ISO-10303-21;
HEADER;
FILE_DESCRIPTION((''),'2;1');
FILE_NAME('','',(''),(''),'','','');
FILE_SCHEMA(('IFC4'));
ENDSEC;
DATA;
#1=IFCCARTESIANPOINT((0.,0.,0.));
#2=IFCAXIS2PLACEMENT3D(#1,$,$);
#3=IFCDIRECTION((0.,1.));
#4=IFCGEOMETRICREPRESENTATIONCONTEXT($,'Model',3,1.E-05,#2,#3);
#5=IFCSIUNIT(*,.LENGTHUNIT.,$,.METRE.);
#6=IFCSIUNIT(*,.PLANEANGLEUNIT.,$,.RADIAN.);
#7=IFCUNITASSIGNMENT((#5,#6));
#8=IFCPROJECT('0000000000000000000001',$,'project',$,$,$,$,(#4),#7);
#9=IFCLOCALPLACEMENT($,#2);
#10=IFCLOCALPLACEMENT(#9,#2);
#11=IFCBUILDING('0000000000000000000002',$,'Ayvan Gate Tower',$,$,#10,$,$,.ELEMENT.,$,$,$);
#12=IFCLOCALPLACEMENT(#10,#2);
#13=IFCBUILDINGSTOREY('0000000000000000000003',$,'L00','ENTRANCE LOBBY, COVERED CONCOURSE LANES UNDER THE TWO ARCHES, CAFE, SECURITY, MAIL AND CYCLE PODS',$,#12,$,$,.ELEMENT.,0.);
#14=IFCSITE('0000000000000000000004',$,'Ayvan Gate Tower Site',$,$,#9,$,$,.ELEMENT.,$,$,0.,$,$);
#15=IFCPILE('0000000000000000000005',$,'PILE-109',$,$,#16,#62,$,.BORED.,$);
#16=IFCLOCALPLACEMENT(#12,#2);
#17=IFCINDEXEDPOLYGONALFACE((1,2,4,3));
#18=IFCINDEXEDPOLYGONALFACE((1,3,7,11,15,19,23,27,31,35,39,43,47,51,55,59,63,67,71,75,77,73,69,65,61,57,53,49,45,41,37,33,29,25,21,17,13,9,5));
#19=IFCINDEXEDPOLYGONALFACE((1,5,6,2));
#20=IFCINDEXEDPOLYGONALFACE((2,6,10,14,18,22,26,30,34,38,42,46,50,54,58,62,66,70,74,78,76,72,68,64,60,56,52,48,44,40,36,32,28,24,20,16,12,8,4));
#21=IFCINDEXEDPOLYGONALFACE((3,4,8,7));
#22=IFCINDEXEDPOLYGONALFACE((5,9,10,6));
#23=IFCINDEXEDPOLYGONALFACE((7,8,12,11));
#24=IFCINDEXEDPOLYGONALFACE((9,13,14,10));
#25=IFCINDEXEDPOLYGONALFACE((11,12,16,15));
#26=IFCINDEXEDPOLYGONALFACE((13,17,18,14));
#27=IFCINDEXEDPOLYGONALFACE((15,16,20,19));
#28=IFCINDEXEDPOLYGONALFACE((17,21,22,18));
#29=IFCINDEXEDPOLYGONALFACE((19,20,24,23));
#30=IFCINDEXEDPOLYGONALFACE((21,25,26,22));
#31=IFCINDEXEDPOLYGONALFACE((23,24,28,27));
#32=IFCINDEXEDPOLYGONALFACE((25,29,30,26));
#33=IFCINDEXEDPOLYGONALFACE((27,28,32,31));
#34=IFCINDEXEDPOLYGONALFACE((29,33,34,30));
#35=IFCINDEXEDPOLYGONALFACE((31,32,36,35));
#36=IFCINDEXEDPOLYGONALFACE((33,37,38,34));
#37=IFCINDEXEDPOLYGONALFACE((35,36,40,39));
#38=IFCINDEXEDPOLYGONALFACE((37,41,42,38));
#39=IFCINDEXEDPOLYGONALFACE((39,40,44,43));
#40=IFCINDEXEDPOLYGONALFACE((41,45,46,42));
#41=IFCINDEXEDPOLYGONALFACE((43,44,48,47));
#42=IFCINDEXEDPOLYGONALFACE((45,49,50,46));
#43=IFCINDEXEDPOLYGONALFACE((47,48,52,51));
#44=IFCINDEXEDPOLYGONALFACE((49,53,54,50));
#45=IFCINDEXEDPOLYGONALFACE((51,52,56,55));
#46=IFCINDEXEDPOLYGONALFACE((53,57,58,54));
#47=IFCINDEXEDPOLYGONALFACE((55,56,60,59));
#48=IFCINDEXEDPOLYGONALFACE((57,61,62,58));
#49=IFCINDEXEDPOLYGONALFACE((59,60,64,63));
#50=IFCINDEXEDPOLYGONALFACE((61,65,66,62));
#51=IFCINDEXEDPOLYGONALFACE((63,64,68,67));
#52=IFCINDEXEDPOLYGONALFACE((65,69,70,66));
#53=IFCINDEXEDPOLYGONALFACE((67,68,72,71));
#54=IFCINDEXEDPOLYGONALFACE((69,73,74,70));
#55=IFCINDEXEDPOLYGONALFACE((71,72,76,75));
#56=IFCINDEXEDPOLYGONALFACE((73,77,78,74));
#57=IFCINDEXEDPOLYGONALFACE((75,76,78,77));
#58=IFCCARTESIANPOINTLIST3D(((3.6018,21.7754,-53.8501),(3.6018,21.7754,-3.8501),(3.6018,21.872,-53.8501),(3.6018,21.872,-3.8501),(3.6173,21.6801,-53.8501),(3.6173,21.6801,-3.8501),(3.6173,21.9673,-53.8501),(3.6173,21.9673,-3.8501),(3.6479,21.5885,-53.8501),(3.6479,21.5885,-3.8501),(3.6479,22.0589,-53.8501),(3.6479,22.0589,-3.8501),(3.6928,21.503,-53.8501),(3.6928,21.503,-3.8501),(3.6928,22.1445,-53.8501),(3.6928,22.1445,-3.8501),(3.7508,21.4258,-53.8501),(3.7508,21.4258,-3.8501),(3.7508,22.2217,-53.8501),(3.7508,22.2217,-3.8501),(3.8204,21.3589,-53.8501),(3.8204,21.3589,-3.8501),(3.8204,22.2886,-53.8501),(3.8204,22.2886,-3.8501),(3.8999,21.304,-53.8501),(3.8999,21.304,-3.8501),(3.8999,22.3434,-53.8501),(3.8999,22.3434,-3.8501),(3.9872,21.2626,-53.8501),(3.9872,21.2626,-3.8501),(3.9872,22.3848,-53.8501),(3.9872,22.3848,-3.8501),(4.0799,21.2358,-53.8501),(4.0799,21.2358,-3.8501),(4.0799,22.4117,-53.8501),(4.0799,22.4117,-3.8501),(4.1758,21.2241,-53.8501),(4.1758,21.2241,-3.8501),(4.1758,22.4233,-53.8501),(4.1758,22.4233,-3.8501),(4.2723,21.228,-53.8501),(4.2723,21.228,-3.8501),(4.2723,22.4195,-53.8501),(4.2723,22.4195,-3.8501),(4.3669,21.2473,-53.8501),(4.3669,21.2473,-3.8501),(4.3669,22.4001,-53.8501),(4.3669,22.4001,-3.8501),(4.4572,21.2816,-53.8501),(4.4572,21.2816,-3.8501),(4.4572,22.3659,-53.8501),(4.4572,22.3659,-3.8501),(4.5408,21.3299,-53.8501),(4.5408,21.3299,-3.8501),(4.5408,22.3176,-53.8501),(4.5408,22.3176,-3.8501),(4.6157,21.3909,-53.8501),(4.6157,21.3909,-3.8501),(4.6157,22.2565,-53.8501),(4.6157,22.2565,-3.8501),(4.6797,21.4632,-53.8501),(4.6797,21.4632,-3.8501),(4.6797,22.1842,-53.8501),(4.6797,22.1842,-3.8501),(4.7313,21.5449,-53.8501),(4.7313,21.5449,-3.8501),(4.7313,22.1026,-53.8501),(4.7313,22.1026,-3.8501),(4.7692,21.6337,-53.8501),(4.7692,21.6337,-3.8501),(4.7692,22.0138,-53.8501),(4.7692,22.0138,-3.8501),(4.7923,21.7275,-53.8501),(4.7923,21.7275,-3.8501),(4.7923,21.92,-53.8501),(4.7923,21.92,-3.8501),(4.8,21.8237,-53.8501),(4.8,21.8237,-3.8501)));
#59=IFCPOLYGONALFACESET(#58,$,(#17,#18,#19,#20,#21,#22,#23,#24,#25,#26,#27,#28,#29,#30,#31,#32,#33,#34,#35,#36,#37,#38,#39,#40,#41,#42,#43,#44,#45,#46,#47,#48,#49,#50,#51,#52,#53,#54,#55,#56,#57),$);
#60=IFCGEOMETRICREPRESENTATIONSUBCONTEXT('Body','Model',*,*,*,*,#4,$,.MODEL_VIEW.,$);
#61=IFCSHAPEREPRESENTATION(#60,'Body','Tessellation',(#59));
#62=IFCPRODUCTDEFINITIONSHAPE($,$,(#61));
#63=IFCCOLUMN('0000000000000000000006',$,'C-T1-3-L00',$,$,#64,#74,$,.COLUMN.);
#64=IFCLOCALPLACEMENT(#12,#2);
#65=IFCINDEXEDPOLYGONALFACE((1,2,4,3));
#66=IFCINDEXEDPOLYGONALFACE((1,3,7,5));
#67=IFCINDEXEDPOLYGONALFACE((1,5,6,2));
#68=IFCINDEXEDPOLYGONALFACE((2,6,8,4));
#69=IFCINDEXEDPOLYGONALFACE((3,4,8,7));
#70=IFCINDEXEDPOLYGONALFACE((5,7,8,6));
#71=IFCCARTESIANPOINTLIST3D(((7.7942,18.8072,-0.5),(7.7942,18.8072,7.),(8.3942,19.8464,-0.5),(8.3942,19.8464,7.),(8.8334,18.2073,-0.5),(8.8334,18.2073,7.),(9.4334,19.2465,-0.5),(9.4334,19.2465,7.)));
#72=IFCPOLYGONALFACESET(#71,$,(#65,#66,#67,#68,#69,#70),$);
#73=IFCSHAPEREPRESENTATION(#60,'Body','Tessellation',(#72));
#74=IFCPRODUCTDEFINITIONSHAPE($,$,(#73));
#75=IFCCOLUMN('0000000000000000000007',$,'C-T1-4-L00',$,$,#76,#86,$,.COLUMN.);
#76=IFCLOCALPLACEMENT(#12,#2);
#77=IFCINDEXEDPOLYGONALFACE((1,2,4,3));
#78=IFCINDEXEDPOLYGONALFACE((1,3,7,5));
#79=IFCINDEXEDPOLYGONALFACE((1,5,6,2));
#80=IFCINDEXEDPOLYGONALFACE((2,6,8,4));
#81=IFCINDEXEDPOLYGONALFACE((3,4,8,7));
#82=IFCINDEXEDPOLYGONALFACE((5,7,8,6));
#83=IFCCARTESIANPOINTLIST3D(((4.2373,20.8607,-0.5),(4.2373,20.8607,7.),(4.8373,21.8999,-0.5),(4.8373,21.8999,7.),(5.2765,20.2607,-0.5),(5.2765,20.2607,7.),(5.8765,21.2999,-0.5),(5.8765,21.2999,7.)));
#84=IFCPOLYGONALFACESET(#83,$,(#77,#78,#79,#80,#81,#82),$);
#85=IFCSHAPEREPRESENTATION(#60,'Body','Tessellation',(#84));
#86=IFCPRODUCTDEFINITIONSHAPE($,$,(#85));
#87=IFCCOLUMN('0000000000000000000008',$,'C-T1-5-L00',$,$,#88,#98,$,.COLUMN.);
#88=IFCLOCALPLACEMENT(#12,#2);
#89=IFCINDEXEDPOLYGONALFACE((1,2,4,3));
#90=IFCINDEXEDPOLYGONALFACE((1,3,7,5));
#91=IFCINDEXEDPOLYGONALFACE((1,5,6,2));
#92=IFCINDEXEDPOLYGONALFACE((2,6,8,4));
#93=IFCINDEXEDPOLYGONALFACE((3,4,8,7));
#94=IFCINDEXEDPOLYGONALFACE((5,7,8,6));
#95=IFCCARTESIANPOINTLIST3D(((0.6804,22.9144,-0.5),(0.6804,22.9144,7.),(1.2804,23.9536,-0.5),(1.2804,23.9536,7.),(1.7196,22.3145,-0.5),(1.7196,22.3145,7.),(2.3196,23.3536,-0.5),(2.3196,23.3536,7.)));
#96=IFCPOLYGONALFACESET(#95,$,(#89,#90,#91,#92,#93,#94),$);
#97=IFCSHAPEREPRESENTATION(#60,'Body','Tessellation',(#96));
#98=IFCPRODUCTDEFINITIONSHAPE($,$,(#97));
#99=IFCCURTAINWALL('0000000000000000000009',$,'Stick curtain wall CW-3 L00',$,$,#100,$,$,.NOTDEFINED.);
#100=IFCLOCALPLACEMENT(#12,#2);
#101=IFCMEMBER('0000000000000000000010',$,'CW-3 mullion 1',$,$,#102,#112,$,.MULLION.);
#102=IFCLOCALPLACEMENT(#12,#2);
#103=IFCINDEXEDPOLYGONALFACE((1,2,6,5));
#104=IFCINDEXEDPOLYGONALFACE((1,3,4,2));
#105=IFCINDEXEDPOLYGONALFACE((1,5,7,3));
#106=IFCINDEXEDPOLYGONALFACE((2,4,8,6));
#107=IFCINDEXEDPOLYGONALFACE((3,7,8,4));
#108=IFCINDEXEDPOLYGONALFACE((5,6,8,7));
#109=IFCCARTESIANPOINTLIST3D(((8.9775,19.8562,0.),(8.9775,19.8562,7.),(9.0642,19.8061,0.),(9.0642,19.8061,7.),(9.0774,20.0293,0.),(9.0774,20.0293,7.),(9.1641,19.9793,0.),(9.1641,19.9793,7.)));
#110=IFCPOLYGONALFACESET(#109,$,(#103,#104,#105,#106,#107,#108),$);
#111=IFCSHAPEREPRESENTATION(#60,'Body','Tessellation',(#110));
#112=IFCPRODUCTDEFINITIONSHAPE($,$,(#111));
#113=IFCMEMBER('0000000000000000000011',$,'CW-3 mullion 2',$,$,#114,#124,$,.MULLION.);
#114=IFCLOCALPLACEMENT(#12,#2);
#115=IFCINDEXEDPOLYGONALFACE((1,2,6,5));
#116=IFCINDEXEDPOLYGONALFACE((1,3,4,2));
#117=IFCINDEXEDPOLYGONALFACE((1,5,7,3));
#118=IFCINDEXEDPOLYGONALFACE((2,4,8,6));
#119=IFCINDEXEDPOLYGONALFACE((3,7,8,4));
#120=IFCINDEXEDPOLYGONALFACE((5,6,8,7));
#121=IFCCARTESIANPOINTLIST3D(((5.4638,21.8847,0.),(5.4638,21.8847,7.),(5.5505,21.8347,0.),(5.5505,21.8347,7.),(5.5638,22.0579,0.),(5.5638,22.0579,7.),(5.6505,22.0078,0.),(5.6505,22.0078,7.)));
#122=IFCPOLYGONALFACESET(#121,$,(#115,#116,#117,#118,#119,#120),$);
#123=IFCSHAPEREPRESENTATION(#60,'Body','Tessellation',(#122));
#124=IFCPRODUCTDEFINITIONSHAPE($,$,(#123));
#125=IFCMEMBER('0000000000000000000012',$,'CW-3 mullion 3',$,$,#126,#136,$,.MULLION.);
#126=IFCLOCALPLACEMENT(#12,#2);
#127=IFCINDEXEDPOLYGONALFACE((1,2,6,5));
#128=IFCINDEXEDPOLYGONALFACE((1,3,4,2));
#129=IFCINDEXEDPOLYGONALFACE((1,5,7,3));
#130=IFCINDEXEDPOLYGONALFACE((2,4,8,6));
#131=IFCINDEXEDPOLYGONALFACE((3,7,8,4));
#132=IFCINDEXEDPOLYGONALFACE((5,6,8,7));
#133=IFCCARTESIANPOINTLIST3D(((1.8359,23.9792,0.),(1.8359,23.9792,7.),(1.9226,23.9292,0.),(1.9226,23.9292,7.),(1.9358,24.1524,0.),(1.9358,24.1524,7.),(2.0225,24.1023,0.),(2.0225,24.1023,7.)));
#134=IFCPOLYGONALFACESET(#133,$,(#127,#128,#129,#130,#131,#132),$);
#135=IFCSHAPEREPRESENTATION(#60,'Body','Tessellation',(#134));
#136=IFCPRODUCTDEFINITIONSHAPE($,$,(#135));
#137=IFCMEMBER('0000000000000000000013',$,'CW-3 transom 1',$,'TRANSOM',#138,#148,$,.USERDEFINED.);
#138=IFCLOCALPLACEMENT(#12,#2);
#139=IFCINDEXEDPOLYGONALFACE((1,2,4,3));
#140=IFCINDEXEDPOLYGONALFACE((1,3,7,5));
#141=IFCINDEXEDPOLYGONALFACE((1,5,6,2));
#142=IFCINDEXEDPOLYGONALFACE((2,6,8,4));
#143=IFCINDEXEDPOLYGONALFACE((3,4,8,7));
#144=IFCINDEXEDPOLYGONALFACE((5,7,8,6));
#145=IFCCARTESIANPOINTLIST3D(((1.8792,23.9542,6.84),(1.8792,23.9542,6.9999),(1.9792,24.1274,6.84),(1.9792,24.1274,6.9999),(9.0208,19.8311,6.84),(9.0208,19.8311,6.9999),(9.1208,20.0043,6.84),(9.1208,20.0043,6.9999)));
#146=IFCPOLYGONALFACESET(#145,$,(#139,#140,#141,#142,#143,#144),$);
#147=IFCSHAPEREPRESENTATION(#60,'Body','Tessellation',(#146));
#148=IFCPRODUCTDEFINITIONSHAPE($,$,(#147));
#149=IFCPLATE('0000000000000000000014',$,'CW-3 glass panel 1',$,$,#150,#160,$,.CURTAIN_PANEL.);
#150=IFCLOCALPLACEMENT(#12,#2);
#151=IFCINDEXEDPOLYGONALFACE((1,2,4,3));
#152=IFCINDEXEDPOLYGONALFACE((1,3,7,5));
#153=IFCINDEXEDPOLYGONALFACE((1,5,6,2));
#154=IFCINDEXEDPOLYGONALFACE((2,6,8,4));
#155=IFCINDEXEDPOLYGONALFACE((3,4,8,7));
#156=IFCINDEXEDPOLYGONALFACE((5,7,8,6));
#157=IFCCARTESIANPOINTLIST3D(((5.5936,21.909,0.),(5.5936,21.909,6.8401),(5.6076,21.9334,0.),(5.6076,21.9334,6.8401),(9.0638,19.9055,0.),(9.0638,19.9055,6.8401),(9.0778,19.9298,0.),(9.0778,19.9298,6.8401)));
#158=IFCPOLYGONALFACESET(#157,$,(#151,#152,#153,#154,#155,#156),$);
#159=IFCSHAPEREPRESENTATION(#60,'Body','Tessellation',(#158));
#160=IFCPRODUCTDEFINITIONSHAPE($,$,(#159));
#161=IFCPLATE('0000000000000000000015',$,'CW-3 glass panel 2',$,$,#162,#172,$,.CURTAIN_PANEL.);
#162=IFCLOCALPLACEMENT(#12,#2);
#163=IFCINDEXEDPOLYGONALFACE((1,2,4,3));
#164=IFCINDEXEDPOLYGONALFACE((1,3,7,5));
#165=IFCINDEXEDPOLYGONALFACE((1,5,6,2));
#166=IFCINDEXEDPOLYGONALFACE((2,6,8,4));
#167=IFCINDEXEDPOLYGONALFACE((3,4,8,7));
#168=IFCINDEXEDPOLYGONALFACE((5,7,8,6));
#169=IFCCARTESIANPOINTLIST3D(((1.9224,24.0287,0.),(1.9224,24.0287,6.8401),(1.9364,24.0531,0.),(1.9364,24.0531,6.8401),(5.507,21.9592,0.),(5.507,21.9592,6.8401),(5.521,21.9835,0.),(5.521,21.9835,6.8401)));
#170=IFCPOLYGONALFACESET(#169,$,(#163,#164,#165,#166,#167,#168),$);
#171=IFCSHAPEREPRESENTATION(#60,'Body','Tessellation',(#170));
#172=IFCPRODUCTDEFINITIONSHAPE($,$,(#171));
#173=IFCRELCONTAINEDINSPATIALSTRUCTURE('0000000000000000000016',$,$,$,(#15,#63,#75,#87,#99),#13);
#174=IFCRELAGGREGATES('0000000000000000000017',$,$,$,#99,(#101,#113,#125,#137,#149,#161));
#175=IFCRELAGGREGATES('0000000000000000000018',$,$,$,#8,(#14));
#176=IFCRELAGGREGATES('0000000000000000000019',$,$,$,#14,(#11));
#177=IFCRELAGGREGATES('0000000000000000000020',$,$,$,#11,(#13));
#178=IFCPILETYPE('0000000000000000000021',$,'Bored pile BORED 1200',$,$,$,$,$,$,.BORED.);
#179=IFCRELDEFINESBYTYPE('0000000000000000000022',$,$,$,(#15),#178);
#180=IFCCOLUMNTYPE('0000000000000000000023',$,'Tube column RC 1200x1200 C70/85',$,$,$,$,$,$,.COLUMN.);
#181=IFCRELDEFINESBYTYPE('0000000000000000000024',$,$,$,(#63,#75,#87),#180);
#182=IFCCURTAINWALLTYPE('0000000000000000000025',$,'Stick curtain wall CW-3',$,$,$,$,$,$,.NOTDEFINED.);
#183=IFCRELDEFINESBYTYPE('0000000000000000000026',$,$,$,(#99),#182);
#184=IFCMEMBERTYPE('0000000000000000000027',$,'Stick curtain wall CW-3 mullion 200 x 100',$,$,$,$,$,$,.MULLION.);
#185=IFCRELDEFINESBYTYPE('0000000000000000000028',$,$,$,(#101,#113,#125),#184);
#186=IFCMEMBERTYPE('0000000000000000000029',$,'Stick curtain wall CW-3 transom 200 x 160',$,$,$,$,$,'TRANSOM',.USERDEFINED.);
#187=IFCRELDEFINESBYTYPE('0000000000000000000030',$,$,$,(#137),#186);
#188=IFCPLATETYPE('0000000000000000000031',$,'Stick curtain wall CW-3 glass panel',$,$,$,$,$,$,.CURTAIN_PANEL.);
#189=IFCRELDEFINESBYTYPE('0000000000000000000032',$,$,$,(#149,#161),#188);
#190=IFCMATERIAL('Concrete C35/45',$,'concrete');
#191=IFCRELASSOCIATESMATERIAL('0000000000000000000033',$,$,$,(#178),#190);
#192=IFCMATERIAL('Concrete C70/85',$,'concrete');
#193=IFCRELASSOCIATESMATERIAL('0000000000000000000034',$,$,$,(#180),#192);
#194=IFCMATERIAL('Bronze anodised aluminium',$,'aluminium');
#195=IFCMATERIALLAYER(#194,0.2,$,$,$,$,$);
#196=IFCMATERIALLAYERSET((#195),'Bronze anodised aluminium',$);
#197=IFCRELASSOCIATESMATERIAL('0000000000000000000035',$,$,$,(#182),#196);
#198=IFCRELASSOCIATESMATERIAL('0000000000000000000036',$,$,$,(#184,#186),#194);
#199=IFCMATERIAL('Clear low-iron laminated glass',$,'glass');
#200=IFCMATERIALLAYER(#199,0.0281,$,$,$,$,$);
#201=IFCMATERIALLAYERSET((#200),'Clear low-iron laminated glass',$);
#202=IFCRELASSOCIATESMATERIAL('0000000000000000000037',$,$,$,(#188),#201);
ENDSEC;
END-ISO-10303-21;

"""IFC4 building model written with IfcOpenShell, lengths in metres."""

from ifc_helpers import new_model, si_unit, direction, frame, origin, origin_2d, place, context, subcontext, project, spatial, rectangle, circle, extrude, material, layer, layer_set, material_profile, profile_set, type_object, element, aggregate, save


model = new_model("IFC4")

# Units and contexts
model_context = context("Model", 3, precision=1e-05, world=origin(), true_north=direction((0.0, 1.0)))
body_context = subcontext(model_context, "Body", "Model", "MODEL_VIEW")
ifc_project = project(units=[si_unit("LENGTHUNIT", "METRE"), si_unit("PLANEANGLEUNIT", "RADIAN")], contexts=[model_context])

# Site, building, storey
site_placement = place(None, origin())
site = spatial("IfcSite", under=ifc_project, at=site_placement, Name="Ayvan Gate Tower Site", CompositionType="ELEMENT", RefElevation=0.0)
building_placement = place(site_placement, origin())
building = spatial("IfcBuilding", under=site, at=building_placement, Name="Ayvan Gate Tower", CompositionType="ELEMENT")
storey_placement = place(building_placement, origin())
storey = spatial("IfcBuildingStorey", under=building, at=storey_placement, Name="L00", Description="ENTRANCE LOBBY, COVERED CONCOURSE LANES UNDER THE TWO ARCHES, CAFE, SECURITY, MAIL AND CYCLE PODS", CompositionType="ELEMENT", Elevation=0.0)

# Pile
ifc_material_1 = material(Name="Concrete C35/45", Category="concrete")
ifc_material_profile_1 = material_profile(ifc_material_1, circle(Radius=0.6001, at=origin_2d()), Name="BORED 1200")
ifc_profile_set_1 = profile_set([ifc_material_profile_1], Name="Concrete C35/45")
pile_type = type_object("IfcPileType", Name="Bored pile BORED 1200", PredefinedType="BORED", material=ifc_profile_set_1)
for number, where, z_axis, x_axis, name in (
    (1, (4.2, 21.8237, -3.8501), (0.0, 0.0, -1.0), (1.0, 0.0, 0.0), "PILE-109"),
):
    element("IfcPile", number, at=place(storey_placement, frame(where, z_axis=z_axis, x_axis=x_axis)), inside=storey, type_object=pile_type, Name=name, PredefinedType="BORED", context=body_context, shape_type="SweptSolid", body=[
        extrude(circle(Radius=0.6001, at=origin_2d()), origin(), (0.0, 0.0, 1.0), 50.0),
    ])

# Columns
ifc_material_2 = material(Name="Concrete C70/85", Category="concrete")
ifc_material_profile_2 = material_profile(ifc_material_2, rectangle(XDim=1.2, YDim=1.2, at=origin_2d()), Name="RC 1200x1200")
ifc_profile_set_2 = profile_set([ifc_material_profile_2], Name="Concrete C70/85")
column_type = type_object("IfcColumnType", Name="Tube column RC 1200x1200 C70/85", PredefinedType="COLUMN", material=ifc_profile_set_2)
for number, where, z_axis, x_axis, name in (
    (2, (8.6138, 19.0269, -0.5), (0.0, 0.0, 1.0), (0.5, 0.866025, 0.0), "C-T1-3-L00"),
    (3, (5.0569, 21.0803, -0.5), (0.0, 0.0, 1.0), (0.5, 0.866025, 0.0), "C-T1-4-L00"),
    (4, (1.5, 23.134, -0.5), (0.0, 0.0, 1.0), (0.5, 0.866025, 0.0), "C-T1-5-L00"),
):
    element("IfcColumn", number, at=place(storey_placement, frame(where, z_axis=z_axis, x_axis=x_axis)), inside=storey, type_object=column_type, Name=name, PredefinedType="COLUMN", context=body_context, shape_type="SweptSolid", body=[
        extrude(rectangle(XDim=1.2, YDim=1.2, at=origin_2d()), origin(), (0.0, 0.0, 1.0), 7.5),
    ])

# Curtain wall, members, plates
ifc_material_3 = material(Name="Bronze anodised aluminium", Category="aluminium")
ifc_layer_1 = layer(ifc_material_3, 0.2)
ifc_layer_set_1 = layer_set([ifc_layer_1], Name="Bronze anodised aluminium")
curtain_wall_type = type_object("IfcCurtainWallType", Name="Stick curtain wall CW-3", PredefinedType="NOTDEFINED", material=ifc_layer_set_1)
curtain_wall_placement = place(storey_placement, origin())
curtain_wall = element("IfcCurtainWall", 5, at=curtain_wall_placement, inside=storey, type_object=curtain_wall_type, Name="Stick curtain wall CW-3 L00", PredefinedType="NOTDEFINED")
ifc_material_profile_3 = material_profile(ifc_material_3, rectangle(XDim=0.2, YDim=0.1001, at=origin_2d()), Name="Stick curtain wall CW-3 mullion 200 x 100")
ifc_profile_set_3 = profile_set([ifc_material_profile_3], Name="Bronze anodised aluminium")
member_type_1 = type_object("IfcMemberType", Name="Stick curtain wall CW-3 mullion 200 x 100", PredefinedType="MULLION", material=ifc_profile_set_3)
member_1_placement = place(storey_placement, frame((9.0708, 19.9177, 0.0), z_axis=(0.0, 0.0, 1.0), x_axis=(0.5, 0.866025, 0.0)))
member_1 = element("IfcMember", 6, at=member_1_placement, type_object=member_type_1, Name="CW-3 mullion 1", PredefinedType="MULLION", context=body_context, shape_type="SweptSolid", body=[
    extrude(rectangle(XDim=0.2, YDim=0.1001, at=origin_2d()), origin(), (0.0, 0.0, 1.0), 7.0),
])
member_2_placement = place(storey_placement, frame((5.5571, 21.9463, 0.0), z_axis=(0.0, 0.0, 1.0), x_axis=(0.5, 0.866025, 0.0)))
member_2 = element("IfcMember", 7, at=member_2_placement, type_object=member_type_1, Name="CW-3 mullion 2", PredefinedType="MULLION", context=body_context, shape_type="SweptSolid", body=[
    extrude(rectangle(XDim=0.2, YDim=0.1001, at=origin_2d()), origin(), (0.0, 0.0, 1.0), 7.0),
])
member_3_placement = place(storey_placement, frame((1.9292, 24.0408, 0.0), z_axis=(0.0, 0.0, 1.0), x_axis=(0.5, 0.866025, 0.0)))
member_3 = element("IfcMember", 8, at=member_3_placement, type_object=member_type_1, Name="CW-3 mullion 3", PredefinedType="MULLION", context=body_context, shape_type="SweptSolid", body=[
    extrude(rectangle(XDim=0.2, YDim=0.1001, at=origin_2d()), origin(), (0.0, 0.0, 1.0), 7.0),
])
ifc_material_profile_4 = material_profile(ifc_material_3, rectangle(XDim=0.2, YDim=0.1599, at=origin_2d()), Name="Stick curtain wall CW-3 transom 200 x 160")
ifc_profile_set_4 = profile_set([ifc_material_profile_4], Name="Bronze anodised aluminium")
member_type_2 = type_object("IfcMemberType", Name="Stick curtain wall CW-3 transom 200 x 160", ElementType="TRANSOM", PredefinedType="USERDEFINED", material=ifc_profile_set_4)
member_4_placement = place(storey_placement, frame((9.0708, 19.9177, 6.9199), z_axis=(-0.866034, 0.499986, 0.0), x_axis=(-0.499986, -0.866034, 0.0)))
member_4 = element("IfcMember", 9, at=member_4_placement, type_object=member_type_2, Name="CW-3 transom 1", ObjectType="TRANSOM", PredefinedType="USERDEFINED", context=body_context, shape_type="SweptSolid", body=[
    extrude(rectangle(XDim=0.2, YDim=0.1599, at=origin_2d()), origin(), (0.0, 0.0, 1.0), 8.2463),
])
ifc_material_4 = material(Name="Clear low-iron laminated glass", Category="glass")
ifc_layer_2 = layer(ifc_material_4, 0.0281)
ifc_layer_set_2 = layer_set([ifc_layer_2], Name="Clear low-iron laminated glass")
plate_type = type_object("IfcPlateType", Name="Stick curtain wall CW-3 glass panel", PredefinedType="CURTAIN_PANEL", material=ifc_layer_set_2)
plate_1_placement = place(storey_placement, frame((7.3357, 20.9194, 0.0), z_axis=(0.0, 0.0, 1.0), x_axis=(-0.866025, 0.5, 0.0)))
plate_1 = element("IfcPlate", 10, at=plate_1_placement, type_object=plate_type, Name="CW-3 glass panel 1", PredefinedType="CURTAIN_PANEL", context=body_context, shape_type="SweptSolid", body=[
    extrude(rectangle(XDim=4.0071, YDim=0.0281, at=origin_2d()), origin(), (0.0, 0.0, 1.0), 6.8401),
])
plate_2_placement = place(storey_placement, frame((3.7217, 23.0061, 0.0), z_axis=(0.0, 0.0, 1.0), x_axis=(-0.866025, 0.5, 0.0)))
plate_2 = element("IfcPlate", 11, at=plate_2_placement, type_object=plate_type, Name="CW-3 glass panel 2", PredefinedType="CURTAIN_PANEL", context=body_context, shape_type="SweptSolid", body=[
    extrude(rectangle(XDim=4.1392, YDim=0.0281, at=origin_2d()), origin(), (0.0, 0.0, 1.0), 6.8401),
])
aggregate(curtain_wall, [member_1, member_2, member_3, member_4, plate_1, plate_2])

save(model, "model.ifc")
